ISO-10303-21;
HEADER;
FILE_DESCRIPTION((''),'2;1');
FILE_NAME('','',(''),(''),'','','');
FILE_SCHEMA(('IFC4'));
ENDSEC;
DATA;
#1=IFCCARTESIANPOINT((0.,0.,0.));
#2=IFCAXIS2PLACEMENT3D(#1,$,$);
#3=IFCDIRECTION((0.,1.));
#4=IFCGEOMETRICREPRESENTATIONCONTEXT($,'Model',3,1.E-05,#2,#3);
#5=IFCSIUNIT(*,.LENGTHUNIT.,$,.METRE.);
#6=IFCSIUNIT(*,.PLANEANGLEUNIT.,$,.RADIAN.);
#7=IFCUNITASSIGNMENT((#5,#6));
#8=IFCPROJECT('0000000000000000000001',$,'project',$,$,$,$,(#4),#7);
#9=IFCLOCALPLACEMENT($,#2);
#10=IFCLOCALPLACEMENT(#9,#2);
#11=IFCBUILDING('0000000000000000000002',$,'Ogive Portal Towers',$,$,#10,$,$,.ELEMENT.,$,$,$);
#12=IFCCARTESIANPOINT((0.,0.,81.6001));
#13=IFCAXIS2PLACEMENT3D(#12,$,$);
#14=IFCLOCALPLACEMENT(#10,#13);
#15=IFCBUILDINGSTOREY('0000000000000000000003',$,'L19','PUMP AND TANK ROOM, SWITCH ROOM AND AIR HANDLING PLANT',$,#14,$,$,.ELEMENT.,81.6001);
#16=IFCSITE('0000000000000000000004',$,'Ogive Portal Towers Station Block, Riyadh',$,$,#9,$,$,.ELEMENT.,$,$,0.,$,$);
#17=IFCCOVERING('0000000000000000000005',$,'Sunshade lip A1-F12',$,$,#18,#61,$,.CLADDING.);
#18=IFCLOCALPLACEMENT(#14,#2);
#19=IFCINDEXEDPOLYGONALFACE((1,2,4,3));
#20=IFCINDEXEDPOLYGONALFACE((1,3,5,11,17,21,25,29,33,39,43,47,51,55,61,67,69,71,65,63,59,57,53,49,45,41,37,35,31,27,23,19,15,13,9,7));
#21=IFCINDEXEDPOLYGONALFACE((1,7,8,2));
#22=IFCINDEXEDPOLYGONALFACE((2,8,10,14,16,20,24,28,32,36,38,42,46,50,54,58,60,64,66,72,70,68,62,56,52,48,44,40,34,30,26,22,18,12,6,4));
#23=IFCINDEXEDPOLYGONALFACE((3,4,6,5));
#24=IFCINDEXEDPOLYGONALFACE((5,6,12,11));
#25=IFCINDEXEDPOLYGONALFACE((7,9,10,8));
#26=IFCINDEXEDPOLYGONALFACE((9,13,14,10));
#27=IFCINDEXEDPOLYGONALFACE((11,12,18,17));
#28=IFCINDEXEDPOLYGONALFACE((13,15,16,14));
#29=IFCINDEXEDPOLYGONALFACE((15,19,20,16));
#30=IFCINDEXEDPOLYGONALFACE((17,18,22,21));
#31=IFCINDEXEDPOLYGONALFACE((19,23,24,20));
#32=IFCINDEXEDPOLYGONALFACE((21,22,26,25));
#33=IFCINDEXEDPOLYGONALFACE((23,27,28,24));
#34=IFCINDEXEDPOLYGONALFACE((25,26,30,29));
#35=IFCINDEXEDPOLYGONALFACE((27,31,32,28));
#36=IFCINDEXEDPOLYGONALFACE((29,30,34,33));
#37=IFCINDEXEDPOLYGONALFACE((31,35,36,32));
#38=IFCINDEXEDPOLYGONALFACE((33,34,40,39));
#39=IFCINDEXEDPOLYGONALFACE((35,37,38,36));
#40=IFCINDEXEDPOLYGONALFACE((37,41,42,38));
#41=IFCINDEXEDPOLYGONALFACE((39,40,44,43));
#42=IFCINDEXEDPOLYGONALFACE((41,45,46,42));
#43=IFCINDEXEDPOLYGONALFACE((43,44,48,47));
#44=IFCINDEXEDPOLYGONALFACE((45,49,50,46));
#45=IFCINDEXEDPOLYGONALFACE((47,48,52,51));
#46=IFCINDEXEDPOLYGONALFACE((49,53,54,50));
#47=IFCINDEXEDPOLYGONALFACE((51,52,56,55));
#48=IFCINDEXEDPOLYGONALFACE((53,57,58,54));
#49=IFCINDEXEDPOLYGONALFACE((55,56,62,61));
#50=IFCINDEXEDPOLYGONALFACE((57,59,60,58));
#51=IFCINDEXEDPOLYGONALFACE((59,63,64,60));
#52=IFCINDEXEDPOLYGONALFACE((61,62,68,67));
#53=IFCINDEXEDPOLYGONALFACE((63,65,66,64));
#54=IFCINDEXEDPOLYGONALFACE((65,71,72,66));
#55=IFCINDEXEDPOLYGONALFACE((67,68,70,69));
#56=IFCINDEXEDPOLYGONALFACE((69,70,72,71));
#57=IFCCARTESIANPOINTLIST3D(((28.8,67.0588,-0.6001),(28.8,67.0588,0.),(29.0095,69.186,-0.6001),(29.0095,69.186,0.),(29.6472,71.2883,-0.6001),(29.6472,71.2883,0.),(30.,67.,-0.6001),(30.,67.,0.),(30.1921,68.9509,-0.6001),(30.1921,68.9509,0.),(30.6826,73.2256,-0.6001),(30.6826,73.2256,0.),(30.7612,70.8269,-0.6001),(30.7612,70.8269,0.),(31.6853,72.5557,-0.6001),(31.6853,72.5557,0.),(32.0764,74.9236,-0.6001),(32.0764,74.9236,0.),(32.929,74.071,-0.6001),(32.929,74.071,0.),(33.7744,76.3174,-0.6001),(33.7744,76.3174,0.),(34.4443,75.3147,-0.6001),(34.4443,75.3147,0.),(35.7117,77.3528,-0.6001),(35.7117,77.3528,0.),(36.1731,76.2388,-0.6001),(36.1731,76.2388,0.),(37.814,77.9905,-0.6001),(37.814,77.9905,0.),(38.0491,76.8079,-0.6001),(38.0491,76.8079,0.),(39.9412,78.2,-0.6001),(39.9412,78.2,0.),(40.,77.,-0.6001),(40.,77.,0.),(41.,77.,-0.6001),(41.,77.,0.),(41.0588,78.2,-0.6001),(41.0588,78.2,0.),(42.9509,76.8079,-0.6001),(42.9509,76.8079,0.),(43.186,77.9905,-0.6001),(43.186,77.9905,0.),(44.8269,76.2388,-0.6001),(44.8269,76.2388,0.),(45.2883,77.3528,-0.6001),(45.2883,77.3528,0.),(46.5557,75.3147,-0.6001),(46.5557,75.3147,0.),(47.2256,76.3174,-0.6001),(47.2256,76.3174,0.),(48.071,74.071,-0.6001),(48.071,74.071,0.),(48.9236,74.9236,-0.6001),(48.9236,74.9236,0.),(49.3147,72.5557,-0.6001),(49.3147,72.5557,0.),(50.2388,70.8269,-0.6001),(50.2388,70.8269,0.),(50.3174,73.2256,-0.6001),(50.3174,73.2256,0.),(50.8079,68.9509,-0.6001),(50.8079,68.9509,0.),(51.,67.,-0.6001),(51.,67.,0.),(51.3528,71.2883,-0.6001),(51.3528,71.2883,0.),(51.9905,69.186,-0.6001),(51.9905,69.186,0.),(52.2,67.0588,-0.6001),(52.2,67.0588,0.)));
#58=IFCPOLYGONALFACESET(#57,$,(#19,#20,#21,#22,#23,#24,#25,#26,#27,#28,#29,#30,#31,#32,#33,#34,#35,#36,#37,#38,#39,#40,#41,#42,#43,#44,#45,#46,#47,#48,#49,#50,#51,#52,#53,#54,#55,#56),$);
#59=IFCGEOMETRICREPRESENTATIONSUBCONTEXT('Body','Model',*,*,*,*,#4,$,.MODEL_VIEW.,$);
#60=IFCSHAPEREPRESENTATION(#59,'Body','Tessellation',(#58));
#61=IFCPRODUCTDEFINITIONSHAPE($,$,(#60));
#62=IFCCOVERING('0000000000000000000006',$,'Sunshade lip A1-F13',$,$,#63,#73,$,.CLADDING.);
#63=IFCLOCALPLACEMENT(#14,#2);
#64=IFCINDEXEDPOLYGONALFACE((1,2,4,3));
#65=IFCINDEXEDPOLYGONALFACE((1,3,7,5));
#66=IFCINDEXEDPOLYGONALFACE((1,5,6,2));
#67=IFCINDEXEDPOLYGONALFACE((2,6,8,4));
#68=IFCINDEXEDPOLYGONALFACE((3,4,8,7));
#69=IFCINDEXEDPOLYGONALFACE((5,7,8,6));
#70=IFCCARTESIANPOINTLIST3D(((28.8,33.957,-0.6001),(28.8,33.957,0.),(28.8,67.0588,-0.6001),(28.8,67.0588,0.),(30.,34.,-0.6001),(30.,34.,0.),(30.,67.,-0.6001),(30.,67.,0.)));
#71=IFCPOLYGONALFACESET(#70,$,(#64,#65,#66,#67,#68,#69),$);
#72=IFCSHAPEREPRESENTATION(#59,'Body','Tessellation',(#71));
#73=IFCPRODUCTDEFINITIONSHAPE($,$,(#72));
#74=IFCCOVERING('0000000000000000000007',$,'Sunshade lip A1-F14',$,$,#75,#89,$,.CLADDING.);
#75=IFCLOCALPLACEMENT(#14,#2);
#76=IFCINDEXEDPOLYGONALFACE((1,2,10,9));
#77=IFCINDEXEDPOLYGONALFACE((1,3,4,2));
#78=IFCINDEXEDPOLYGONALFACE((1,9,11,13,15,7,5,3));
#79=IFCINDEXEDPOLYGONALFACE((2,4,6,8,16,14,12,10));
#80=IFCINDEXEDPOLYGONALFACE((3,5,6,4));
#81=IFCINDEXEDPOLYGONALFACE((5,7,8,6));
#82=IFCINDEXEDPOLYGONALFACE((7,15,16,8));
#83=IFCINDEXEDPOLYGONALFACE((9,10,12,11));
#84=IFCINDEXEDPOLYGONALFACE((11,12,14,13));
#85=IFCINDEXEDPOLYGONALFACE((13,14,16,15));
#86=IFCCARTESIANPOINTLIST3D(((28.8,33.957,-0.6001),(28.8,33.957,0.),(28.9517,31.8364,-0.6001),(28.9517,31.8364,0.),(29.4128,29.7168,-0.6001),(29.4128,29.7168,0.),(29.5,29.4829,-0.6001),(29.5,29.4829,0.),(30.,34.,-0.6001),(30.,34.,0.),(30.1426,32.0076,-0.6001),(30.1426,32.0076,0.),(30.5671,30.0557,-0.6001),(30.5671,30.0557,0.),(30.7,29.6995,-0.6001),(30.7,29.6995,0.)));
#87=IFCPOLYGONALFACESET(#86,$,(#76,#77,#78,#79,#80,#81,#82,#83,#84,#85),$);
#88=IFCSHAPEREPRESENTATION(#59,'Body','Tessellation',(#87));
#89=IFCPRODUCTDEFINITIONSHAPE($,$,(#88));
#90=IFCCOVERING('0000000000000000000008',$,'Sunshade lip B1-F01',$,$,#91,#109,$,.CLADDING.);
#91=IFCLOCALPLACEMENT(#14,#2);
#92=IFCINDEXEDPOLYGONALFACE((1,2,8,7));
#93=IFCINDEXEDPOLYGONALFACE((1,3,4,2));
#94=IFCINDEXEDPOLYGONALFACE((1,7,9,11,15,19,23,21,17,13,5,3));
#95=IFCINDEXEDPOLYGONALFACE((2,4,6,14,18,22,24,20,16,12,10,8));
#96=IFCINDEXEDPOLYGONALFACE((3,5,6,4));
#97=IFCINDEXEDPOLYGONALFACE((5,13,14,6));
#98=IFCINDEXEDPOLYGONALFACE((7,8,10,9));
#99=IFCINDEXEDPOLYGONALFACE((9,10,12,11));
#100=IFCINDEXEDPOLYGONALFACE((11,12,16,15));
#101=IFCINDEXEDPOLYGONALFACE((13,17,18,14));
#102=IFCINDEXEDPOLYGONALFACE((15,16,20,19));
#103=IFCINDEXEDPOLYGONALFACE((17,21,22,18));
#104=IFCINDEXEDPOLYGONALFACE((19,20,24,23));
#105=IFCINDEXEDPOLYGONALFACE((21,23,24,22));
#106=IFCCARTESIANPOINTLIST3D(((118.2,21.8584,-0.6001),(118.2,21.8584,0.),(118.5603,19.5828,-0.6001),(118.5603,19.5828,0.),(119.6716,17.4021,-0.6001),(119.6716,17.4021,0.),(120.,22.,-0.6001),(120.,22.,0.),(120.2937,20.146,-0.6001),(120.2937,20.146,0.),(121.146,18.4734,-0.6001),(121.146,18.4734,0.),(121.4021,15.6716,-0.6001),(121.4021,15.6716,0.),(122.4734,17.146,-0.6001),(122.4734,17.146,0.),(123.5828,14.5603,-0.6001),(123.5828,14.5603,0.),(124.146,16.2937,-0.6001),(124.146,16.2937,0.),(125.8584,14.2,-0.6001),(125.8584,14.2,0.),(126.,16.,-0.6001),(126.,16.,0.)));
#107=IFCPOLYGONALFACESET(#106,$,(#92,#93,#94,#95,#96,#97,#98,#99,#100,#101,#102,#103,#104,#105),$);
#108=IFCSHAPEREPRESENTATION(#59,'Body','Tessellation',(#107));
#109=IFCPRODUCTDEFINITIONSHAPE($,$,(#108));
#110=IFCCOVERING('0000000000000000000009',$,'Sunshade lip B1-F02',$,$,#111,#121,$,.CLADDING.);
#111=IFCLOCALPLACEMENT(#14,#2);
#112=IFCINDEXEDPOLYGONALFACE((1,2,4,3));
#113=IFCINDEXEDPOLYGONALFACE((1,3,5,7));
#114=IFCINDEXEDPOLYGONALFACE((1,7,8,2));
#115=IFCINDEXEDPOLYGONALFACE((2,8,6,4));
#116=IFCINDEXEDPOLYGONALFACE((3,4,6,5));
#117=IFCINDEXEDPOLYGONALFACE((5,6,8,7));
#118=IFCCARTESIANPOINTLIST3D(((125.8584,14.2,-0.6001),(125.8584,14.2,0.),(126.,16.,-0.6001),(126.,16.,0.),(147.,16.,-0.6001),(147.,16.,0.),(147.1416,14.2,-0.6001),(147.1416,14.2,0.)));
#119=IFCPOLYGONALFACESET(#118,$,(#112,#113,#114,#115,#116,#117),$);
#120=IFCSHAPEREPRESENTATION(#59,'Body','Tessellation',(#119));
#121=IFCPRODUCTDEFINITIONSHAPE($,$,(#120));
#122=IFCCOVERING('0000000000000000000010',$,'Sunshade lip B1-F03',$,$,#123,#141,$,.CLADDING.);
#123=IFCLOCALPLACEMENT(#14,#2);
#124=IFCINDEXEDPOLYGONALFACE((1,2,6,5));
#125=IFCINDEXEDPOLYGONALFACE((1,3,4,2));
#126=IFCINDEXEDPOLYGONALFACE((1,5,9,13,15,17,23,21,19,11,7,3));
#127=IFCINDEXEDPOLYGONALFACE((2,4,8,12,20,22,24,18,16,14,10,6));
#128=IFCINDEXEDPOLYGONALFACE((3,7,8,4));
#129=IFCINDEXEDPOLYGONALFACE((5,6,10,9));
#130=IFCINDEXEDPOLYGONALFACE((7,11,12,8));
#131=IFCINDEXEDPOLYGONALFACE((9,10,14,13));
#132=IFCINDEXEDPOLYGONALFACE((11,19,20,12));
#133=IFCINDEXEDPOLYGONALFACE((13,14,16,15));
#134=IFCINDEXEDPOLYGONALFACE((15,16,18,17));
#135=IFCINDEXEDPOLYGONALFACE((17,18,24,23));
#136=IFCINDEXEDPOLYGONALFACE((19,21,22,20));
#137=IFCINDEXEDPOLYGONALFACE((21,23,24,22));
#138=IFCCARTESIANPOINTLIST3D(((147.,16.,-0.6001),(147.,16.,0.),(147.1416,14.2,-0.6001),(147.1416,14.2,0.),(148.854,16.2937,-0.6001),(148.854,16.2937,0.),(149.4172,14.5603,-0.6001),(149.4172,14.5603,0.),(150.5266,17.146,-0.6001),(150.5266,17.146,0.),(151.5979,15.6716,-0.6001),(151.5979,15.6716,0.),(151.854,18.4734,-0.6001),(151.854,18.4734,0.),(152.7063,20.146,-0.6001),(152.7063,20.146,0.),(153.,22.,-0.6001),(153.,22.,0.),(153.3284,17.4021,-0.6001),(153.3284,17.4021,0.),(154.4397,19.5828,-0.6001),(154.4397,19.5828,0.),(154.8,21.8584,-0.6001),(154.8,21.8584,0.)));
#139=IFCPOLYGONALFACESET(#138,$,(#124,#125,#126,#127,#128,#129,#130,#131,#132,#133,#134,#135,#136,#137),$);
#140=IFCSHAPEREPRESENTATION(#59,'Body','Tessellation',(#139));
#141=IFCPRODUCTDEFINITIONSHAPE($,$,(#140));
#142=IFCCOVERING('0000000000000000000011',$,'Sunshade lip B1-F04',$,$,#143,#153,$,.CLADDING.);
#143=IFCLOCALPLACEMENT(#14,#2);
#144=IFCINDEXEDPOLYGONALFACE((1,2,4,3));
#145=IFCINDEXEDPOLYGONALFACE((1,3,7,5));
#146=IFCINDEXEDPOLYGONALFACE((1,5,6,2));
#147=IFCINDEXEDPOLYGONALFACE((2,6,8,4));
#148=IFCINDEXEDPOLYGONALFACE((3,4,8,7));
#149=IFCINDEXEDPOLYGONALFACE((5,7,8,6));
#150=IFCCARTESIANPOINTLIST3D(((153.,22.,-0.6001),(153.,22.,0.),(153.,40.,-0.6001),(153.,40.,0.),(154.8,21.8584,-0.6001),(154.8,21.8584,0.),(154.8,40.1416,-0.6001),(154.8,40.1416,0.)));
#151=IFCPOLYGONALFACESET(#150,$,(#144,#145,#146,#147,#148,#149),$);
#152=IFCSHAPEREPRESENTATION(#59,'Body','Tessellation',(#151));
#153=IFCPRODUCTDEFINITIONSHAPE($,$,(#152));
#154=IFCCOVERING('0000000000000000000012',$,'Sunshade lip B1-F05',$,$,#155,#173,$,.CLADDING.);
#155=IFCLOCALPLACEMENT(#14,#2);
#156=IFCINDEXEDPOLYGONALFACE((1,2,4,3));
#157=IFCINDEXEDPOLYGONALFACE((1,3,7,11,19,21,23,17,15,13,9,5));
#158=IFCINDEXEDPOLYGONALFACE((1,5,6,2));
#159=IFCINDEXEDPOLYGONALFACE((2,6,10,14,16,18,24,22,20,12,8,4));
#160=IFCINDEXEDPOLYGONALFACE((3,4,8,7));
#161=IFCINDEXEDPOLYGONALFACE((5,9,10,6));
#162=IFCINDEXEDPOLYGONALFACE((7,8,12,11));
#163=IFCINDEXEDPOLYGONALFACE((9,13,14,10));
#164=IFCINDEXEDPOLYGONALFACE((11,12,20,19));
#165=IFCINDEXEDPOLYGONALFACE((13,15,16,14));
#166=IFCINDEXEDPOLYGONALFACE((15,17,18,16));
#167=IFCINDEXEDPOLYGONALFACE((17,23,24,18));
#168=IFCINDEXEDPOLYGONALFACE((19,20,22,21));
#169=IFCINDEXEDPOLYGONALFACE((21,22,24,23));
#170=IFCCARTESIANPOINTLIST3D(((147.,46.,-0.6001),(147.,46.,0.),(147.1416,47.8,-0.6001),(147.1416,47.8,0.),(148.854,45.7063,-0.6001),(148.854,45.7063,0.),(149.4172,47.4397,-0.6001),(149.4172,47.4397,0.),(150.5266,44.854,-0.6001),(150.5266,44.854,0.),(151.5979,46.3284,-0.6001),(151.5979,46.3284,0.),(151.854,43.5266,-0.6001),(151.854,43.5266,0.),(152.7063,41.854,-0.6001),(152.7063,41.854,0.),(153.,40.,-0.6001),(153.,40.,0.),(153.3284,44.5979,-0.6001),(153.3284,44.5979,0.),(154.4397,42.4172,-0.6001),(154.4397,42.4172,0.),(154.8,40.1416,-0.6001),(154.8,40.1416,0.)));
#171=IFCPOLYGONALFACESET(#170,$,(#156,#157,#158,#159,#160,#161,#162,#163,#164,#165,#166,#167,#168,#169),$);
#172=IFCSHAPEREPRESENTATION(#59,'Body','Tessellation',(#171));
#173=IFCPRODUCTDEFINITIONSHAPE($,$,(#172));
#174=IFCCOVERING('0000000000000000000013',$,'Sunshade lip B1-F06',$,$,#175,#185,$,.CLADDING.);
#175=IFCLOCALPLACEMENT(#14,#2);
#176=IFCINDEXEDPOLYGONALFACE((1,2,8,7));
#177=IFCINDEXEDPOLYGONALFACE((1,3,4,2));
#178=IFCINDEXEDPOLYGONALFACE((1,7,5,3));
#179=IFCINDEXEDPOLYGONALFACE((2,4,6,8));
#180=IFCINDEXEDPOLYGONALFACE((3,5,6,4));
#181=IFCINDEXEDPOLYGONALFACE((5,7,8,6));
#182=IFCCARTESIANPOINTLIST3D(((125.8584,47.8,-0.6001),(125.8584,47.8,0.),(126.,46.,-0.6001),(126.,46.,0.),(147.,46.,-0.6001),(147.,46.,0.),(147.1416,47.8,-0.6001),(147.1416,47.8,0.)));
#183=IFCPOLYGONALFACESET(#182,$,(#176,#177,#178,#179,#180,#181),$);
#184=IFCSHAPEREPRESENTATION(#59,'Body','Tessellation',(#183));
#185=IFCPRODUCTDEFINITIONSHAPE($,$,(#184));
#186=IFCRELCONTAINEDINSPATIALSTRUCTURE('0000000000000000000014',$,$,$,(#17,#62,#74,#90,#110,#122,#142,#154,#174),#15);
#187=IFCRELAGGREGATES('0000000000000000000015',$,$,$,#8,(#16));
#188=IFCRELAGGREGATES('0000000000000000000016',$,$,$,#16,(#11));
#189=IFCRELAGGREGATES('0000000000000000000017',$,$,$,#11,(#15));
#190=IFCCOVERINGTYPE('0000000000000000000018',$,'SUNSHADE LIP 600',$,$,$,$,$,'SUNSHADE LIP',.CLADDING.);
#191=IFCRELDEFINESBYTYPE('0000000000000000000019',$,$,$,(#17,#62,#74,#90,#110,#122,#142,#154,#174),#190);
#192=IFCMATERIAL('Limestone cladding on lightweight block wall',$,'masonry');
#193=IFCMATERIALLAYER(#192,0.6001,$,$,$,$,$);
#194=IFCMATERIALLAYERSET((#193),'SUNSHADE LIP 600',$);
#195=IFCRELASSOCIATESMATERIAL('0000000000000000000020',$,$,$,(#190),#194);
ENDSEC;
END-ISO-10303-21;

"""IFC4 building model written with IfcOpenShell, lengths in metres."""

from ifc_helpers import new_model, si_unit, direction, frame, origin, place, context, subcontext, project, spatial, polyline, outline, extrude, material, layer, layer_set, type_object, element, save


model = new_model("IFC4")

# Units and contexts
model_context = context("Model", 3, precision=1e-05, world=origin(), true_north=direction((0.0, 1.0)))
body_context = subcontext(model_context, "Body", "Model", "MODEL_VIEW")
ifc_project = project(units=[si_unit("LENGTHUNIT", "METRE"), si_unit("PLANEANGLEUNIT", "RADIAN")], contexts=[model_context])

# Site, building, storey
site_placement = place(None, origin())
site = spatial("IfcSite", under=ifc_project, at=site_placement, Name="Ogive Portal Towers Station Block, Riyadh", CompositionType="ELEMENT", RefElevation=0.0)
building_placement = place(site_placement, origin())
building = spatial("IfcBuilding", under=site, at=building_placement, Name="Ogive Portal Towers", CompositionType="ELEMENT")
storey_placement = place(building_placement, frame((0.0, 0.0, 81.6001)))
storey = spatial("IfcBuildingStorey", under=building, at=storey_placement, Name="L19", Description="PUMP AND TANK ROOM, SWITCH ROOM AND AIR HANDLING PLANT", CompositionType="ELEMENT", Elevation=81.6001)

# Coverings
ifc_material_1 = material(Name="Limestone cladding on lightweight block wall", Category="masonry")
ifc_layer_1 = layer(ifc_material_1, 0.6001)
ifc_layer_set_1 = layer_set([ifc_layer_1], Name="SUNSHADE LIP 600")
covering_type = type_object("IfcCoveringType", Name="SUNSHADE LIP 600", ElementType="SUNSHADE LIP", PredefinedType="CLADDING", material=ifc_layer_set_1)
covering_1_placement = place(storey_placement, frame((0.0, 0.0, -0.6001)))
element("IfcCovering", 1, at=covering_1_placement, inside=storey, type_object=covering_type, Name="Sunshade lip A1-F12", PredefinedType="CLADDING", context=body_context, shape_type="SweptSolid", body=[
    extrude(outline(polyline([(51.0, 67.0), (50.8079, 68.9509), (50.2388, 70.8269), (49.3147, 72.5557), (48.071, 74.071), (46.5557, 75.3147), (44.8269, 76.2388), (42.9509, 76.8079), (41.0, 77.0), (40.0, 77.0), (38.0491, 76.8079), (36.1731, 76.2388), (34.4443, 75.3147), (32.929, 74.071), (31.6853, 72.5557), (30.7612, 70.8269), (30.1921, 68.9509), (30.0, 67.0), (28.8, 67.0588), (29.0095, 69.186), (29.6472, 71.2883), (30.6826, 73.2256), (32.0764, 74.9236), (33.7744, 76.3174), (35.7117, 77.3528), (37.814, 77.9905), (39.9412, 78.2), (41.0588, 78.2), (43.186, 77.9905), (45.2883, 77.3528), (47.2256, 76.3174), (48.9236, 74.9236), (50.3174, 73.2256), (51.3528, 71.2883), (51.9905, 69.186), (52.2, 67.0588), (51.0, 67.0)])), origin(), (0.0, 0.0, 1.0), 0.6001),
])
covering_2_placement = place(storey_placement, frame((0.0, 0.0, -0.6001)))
element("IfcCovering", 2, at=covering_2_placement, inside=storey, type_object=covering_type, Name="Sunshade lip A1-F13", PredefinedType="CLADDING", context=body_context, shape_type="SweptSolid", body=[
    extrude(outline(polyline([(30.0, 67.0), (30.0, 34.0), (28.8, 33.957), (28.8, 67.0588), (30.0, 67.0)])), origin(), (0.0, 0.0, 1.0), 0.6001),
])
covering_3_placement = place(storey_placement, frame((0.0, 0.0, -0.6001)))
element("IfcCovering", 3, at=covering_3_placement, inside=storey, type_object=covering_type, Name="Sunshade lip A1-F14", PredefinedType="CLADDING", context=body_context, shape_type="SweptSolid", body=[
    extrude(outline(polyline([(30.0, 34.0), (30.1426, 32.0076), (30.5671, 30.0557), (30.7, 29.6995), (29.5, 29.4829), (29.4128, 29.7168), (28.9517, 31.8364), (28.8, 33.957), (30.0, 34.0)])), origin(), (0.0, 0.0, 1.0), 0.6001),
])
covering_4_placement = place(storey_placement, frame((0.0, 0.0, -0.6001)))
element("IfcCovering", 4, at=covering_4_placement, inside=storey, type_object=covering_type, Name="Sunshade lip B1-F01", PredefinedType="CLADDING", context=body_context, shape_type="SweptSolid", body=[
    extrude(outline(polyline([(120.0, 22.0), (120.2937, 20.146), (121.146, 18.4734), (122.4734, 17.146), (124.146, 16.2937), (126.0, 16.0), (125.8584, 14.2), (123.5828, 14.5603), (121.4021, 15.6716), (119.6716, 17.4021), (118.5603, 19.5828), (118.2, 21.8584), (120.0, 22.0)])), origin(), (0.0, 0.0, 1.0), 0.6001),
])
covering_5_placement = place(storey_placement, frame((0.0, 0.0, -0.6001)))
element("IfcCovering", 5, at=covering_5_placement, inside=storey, type_object=covering_type, Name="Sunshade lip B1-F02", PredefinedType="CLADDING", context=body_context, shape_type="SweptSolid", body=[
    extrude(outline(polyline([(126.0, 16.0), (147.0, 16.0), (147.1416, 14.2), (125.8584, 14.2), (126.0, 16.0)])), origin(), (0.0, 0.0, 1.0), 0.6001),
])
covering_6_placement = place(storey_placement, frame((0.0, 0.0, -0.6001)))
element("IfcCovering", 6, at=covering_6_placement, inside=storey, type_object=covering_type, Name="Sunshade lip B1-F03", PredefinedType="CLADDING", context=body_context, shape_type="SweptSolid", body=[
    extrude(outline(polyline([(147.0, 16.0), (148.854, 16.2937), (150.5266, 17.146), (151.854, 18.4734), (152.7063, 20.146), (153.0, 22.0), (154.8, 21.8584), (154.4397, 19.5828), (153.3284, 17.4021), (151.5979, 15.6716), (149.4172, 14.5603), (147.1416, 14.2), (147.0, 16.0)])), origin(), (0.0, 0.0, 1.0), 0.6001),
])
covering_7_placement = place(storey_placement, frame((0.0, 0.0, -0.6001)))
element("IfcCovering", 7, at=covering_7_placement, inside=storey, type_object=covering_type, Name="Sunshade lip B1-F04", PredefinedType="CLADDING", context=body_context, shape_type="SweptSolid", body=[
    extrude(outline(polyline([(153.0, 22.0), (153.0, 40.0), (154.8, 40.1416), (154.8, 21.8584), (153.0, 22.0)])), origin(), (0.0, 0.0, 1.0), 0.6001),
])
covering_8_placement = place(storey_placement, frame((0.0, 0.0, -0.6001)))
element("IfcCovering", 8, at=covering_8_placement, inside=storey, type_object=covering_type, Name="Sunshade lip B1-F05", PredefinedType="CLADDING", context=body_context, shape_type="SweptSolid", body=[
    extrude(outline(polyline([(153.0, 40.0), (152.7063, 41.854), (151.854, 43.5266), (150.5266, 44.854), (148.854, 45.7063), (147.0, 46.0), (147.1416, 47.8), (149.4172, 47.4397), (151.5979, 46.3284), (153.3284, 44.5979), (154.4397, 42.4172), (154.8, 40.1416), (153.0, 40.0)])), origin(), (0.0, 0.0, 1.0), 0.6001),
])
covering_9_placement = place(storey_placement, frame((0.0, 0.0, -0.6001)))
element("IfcCovering", 9, at=covering_9_placement, inside=storey, type_object=covering_type, Name="Sunshade lip B1-F06", PredefinedType="CLADDING", context=body_context, shape_type="SweptSolid", body=[
    extrude(outline(polyline([(147.0, 46.0), (126.0, 46.0), (125.8584, 47.8), (147.1416, 47.8), (147.0, 46.0)])), origin(), (0.0, 0.0, 1.0), 0.6001),
])

save(model, "model.ifc")
